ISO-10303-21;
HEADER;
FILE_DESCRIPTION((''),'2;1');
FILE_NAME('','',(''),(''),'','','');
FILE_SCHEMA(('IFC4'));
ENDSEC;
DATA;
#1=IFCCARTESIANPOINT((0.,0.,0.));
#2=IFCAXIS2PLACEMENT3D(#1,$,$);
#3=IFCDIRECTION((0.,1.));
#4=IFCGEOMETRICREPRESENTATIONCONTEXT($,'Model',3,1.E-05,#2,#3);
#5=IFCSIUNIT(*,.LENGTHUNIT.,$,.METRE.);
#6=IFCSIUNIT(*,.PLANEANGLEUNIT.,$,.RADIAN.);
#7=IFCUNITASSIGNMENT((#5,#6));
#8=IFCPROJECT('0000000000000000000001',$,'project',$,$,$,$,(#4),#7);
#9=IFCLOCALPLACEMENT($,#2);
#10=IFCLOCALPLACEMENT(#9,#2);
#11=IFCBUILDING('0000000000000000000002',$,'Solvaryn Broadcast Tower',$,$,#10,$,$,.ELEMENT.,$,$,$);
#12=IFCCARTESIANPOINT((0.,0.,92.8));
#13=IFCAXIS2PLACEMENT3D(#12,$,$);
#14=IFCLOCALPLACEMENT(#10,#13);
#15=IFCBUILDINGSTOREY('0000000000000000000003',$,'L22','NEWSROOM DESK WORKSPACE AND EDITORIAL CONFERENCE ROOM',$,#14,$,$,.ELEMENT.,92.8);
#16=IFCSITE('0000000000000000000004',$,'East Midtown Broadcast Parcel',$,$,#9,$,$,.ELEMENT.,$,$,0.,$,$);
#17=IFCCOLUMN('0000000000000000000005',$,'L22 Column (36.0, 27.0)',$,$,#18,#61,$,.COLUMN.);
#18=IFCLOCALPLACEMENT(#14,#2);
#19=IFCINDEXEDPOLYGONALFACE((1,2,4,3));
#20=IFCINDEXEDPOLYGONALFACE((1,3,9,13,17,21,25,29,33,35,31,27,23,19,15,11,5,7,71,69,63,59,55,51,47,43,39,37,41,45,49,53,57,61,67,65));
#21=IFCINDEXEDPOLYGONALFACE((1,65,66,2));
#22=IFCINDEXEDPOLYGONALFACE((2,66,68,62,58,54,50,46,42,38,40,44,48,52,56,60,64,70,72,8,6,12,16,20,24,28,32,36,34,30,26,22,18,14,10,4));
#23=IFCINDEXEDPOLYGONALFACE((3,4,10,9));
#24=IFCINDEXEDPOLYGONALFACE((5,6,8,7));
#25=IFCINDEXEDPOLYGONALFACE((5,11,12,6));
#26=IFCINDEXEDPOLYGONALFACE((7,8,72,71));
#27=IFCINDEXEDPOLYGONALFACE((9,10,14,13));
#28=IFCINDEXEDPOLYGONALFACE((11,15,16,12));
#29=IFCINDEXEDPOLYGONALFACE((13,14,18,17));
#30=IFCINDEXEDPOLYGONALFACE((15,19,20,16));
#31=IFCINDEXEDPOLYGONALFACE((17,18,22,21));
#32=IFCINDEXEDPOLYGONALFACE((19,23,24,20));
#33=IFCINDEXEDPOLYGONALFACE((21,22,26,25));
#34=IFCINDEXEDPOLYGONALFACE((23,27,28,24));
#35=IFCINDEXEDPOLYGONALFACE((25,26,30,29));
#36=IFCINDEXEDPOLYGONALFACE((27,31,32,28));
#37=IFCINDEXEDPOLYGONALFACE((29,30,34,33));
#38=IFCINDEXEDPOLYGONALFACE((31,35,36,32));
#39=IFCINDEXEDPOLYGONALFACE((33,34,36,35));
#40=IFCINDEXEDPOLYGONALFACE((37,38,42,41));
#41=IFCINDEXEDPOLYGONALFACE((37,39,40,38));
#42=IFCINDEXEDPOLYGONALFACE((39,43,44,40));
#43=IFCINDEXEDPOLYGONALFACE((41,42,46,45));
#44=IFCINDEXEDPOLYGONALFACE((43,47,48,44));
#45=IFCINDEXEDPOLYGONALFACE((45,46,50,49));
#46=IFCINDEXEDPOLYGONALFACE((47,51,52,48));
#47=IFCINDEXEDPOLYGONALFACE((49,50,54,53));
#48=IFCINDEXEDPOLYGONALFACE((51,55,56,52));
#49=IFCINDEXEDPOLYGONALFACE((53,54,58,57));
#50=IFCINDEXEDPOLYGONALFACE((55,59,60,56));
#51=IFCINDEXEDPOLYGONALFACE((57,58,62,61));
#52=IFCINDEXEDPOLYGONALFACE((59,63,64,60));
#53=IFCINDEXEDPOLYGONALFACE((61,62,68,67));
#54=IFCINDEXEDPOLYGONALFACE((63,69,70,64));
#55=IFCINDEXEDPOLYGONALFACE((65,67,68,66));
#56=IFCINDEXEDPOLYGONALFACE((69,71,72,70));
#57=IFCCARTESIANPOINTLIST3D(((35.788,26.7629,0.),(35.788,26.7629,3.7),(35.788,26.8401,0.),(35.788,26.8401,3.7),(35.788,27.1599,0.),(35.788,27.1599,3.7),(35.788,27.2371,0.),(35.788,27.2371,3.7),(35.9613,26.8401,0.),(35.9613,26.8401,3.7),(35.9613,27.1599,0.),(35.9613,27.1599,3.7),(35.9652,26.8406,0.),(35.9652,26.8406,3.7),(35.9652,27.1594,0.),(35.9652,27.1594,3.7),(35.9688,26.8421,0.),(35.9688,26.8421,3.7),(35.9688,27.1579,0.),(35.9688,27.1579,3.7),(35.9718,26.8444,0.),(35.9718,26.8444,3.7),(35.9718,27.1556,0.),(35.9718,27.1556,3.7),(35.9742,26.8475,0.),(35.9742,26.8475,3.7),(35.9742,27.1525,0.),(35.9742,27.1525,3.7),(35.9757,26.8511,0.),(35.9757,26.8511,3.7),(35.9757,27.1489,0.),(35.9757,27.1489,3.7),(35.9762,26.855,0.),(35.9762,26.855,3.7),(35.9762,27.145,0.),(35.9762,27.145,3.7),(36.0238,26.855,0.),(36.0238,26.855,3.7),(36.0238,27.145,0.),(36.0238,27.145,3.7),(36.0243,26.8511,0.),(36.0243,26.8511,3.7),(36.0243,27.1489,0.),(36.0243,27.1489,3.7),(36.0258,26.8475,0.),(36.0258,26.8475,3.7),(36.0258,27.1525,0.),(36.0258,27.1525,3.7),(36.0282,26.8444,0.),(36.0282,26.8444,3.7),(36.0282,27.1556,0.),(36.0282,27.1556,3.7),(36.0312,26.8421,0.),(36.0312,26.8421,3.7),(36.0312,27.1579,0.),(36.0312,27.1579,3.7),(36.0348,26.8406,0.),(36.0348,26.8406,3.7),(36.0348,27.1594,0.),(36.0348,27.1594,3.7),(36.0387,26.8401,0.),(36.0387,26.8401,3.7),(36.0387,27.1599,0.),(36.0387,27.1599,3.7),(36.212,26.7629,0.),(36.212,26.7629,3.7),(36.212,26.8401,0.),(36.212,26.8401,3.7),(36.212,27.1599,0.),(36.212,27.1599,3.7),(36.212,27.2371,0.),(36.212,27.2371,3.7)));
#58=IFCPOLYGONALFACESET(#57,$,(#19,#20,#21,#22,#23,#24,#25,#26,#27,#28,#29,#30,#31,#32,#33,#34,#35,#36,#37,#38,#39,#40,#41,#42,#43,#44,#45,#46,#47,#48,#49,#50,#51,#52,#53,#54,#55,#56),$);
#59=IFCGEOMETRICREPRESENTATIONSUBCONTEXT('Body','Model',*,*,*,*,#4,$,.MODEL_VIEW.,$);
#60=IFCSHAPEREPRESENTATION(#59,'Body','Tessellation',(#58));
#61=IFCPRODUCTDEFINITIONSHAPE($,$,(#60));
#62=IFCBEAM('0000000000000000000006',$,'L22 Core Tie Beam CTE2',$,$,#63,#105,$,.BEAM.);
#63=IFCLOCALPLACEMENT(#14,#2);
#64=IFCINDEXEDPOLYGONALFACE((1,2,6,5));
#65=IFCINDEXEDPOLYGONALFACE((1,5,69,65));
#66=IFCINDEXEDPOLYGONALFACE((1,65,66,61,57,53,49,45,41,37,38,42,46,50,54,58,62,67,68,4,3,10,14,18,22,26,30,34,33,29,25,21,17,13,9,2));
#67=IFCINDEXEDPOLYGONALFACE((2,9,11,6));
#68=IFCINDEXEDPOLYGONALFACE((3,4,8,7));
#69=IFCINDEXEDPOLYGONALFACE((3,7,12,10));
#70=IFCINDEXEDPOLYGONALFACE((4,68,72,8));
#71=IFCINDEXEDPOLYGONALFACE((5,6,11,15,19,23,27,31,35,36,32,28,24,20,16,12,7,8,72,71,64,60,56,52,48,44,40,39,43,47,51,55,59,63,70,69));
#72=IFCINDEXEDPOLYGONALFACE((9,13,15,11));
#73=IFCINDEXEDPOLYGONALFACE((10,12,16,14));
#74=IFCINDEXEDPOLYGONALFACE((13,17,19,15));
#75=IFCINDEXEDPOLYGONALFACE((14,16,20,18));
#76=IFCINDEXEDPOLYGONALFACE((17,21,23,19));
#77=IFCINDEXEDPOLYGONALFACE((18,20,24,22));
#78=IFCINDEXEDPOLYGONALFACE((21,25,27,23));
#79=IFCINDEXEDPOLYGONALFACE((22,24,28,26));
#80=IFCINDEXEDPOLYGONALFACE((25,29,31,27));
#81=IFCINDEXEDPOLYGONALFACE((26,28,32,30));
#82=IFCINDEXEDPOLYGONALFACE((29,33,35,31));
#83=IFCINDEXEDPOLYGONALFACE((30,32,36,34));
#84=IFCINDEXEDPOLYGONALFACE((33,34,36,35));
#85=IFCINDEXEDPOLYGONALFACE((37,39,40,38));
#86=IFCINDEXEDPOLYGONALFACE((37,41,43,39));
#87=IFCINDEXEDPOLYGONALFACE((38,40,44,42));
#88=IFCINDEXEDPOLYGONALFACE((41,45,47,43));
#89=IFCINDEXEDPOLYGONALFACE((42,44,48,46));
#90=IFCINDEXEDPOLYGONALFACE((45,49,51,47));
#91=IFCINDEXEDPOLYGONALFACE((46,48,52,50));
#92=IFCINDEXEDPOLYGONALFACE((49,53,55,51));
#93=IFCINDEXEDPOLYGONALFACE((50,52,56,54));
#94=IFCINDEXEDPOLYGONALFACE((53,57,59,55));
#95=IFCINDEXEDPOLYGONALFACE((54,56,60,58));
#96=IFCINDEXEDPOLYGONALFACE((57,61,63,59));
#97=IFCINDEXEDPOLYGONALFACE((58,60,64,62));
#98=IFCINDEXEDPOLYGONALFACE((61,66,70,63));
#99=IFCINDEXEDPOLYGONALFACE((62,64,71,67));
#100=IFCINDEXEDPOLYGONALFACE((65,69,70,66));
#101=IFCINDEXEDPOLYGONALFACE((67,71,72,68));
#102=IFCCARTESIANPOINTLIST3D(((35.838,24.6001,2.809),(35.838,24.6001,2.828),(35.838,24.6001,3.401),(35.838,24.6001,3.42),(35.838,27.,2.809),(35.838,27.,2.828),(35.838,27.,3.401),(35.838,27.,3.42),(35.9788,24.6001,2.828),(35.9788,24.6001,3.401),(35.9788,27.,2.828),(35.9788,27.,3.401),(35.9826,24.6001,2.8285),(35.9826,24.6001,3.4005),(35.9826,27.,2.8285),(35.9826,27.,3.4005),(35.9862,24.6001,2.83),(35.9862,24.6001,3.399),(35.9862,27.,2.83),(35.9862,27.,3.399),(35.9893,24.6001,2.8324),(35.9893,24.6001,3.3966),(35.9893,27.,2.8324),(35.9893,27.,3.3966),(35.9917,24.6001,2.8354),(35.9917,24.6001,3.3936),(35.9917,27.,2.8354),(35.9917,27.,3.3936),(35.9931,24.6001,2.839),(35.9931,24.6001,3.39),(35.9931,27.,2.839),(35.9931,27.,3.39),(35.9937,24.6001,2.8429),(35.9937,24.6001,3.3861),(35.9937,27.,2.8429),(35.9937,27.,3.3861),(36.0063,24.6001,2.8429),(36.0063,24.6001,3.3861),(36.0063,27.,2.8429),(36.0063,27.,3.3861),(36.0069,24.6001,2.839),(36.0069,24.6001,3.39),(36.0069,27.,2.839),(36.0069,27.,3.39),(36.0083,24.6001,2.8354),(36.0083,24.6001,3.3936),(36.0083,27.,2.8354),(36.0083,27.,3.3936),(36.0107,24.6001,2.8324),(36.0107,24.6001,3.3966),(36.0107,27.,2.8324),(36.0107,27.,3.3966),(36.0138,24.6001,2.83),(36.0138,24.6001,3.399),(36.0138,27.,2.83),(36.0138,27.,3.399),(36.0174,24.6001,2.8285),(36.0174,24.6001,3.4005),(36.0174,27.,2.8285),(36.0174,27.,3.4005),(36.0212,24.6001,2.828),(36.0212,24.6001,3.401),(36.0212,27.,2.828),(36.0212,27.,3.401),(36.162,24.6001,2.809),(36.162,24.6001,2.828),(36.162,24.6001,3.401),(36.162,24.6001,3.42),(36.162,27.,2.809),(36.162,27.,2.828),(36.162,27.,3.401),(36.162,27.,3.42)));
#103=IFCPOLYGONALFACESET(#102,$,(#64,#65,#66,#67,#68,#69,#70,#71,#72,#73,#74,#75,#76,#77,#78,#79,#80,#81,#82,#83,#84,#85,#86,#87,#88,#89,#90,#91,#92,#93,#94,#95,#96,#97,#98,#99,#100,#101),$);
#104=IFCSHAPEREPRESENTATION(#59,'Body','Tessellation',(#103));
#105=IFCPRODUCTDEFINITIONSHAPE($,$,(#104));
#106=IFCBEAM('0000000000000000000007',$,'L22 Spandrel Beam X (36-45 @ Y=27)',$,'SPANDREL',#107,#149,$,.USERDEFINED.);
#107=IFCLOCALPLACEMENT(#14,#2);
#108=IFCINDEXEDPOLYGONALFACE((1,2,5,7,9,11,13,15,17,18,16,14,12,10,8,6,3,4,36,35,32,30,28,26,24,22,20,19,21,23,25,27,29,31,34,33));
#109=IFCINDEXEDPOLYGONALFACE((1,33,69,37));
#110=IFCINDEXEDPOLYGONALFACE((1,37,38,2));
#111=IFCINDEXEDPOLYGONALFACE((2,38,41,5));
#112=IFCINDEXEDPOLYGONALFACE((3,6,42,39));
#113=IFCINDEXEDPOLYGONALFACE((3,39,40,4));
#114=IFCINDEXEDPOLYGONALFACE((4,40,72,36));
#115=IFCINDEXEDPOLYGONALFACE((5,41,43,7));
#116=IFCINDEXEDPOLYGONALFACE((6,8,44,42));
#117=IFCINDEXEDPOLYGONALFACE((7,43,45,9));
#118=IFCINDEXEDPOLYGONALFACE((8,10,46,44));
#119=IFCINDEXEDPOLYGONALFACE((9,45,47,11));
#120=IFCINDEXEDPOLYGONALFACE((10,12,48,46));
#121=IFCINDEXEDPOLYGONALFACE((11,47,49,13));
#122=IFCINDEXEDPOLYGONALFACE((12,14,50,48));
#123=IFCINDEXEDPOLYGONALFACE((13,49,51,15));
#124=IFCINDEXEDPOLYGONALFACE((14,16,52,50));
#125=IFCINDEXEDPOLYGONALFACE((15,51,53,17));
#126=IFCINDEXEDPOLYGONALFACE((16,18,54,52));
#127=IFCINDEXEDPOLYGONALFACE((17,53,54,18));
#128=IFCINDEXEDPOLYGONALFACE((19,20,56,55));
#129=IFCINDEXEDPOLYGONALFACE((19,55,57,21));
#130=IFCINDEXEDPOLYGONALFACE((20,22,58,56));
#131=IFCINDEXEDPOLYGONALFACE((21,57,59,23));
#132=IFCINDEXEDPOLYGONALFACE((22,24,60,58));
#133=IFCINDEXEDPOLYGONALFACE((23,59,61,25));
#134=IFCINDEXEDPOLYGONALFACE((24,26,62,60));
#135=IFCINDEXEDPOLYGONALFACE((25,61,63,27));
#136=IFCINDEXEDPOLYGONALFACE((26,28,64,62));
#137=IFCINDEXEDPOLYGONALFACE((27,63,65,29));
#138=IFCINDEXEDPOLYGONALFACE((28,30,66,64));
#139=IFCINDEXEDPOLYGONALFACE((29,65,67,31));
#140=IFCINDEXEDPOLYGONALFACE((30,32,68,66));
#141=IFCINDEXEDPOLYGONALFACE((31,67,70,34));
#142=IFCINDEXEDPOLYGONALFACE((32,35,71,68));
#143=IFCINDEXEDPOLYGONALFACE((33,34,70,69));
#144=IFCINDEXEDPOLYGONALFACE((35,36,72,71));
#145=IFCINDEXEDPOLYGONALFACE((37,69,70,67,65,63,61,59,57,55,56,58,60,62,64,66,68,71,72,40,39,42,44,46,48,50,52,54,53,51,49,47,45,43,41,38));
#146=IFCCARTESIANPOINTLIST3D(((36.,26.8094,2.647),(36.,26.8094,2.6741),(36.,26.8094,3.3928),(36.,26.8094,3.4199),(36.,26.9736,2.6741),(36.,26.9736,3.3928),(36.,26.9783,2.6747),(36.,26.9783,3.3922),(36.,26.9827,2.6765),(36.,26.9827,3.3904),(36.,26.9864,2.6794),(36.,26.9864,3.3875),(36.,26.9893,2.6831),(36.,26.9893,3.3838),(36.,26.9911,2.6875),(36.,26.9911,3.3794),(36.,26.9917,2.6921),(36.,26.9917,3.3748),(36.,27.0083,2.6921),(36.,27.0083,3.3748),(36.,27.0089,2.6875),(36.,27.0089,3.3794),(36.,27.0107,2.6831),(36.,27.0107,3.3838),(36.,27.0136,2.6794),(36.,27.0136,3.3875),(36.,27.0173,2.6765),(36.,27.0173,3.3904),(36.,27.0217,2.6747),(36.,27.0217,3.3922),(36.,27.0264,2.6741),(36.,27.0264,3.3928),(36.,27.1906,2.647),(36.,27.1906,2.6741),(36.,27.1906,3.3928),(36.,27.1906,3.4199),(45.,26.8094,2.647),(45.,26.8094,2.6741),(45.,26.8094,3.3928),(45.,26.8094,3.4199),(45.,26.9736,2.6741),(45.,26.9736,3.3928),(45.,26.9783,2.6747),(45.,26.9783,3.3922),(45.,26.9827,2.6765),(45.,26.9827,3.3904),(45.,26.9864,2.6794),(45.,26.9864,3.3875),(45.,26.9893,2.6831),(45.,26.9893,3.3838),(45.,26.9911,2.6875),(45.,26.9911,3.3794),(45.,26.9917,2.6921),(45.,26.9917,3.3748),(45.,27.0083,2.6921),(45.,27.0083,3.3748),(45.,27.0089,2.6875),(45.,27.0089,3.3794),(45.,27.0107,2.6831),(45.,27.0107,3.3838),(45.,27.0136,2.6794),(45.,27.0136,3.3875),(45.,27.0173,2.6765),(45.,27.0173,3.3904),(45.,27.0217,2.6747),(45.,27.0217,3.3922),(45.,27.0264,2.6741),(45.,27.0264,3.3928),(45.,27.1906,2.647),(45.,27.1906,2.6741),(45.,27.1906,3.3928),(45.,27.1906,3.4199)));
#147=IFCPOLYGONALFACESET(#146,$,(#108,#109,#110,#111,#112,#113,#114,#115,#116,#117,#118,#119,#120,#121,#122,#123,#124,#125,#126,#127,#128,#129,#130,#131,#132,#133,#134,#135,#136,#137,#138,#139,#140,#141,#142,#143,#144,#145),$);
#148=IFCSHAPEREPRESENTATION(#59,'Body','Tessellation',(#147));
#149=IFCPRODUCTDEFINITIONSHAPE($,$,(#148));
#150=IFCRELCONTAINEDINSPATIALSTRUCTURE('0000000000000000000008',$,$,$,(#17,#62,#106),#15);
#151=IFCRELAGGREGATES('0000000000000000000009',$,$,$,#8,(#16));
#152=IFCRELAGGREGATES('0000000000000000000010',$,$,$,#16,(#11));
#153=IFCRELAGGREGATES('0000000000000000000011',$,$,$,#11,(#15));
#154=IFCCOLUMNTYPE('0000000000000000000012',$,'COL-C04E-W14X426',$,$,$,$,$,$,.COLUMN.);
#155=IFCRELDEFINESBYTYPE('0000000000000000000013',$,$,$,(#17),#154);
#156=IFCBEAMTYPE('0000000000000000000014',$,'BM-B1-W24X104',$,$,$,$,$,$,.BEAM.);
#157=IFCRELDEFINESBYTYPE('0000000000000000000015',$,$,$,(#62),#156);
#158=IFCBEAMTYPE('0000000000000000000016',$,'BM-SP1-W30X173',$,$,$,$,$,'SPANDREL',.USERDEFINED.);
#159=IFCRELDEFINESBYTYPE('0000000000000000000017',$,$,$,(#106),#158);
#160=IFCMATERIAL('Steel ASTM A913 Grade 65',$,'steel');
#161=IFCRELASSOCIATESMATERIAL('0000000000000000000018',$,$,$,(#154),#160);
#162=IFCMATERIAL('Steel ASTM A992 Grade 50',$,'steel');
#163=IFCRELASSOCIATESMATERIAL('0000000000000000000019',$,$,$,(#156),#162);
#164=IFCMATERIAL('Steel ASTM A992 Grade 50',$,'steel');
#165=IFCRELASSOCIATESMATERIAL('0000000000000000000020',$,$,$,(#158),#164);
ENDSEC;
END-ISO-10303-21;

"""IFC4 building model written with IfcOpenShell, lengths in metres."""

from ifc_helpers import new_model, si_unit, direction, frame, origin, origin_2d, place, context, subcontext, project, spatial, i_section, extrude, material, material_profile, profile_set, type_object, element, save


model = new_model("IFC4")

# Units and contexts
model_context = context("Model", 3, precision=1e-05, world=origin(), true_north=direction((0.0, 1.0)))
body_context = subcontext(model_context, "Body", "Model", "MODEL_VIEW")
ifc_project = project(units=[si_unit("LENGTHUNIT", "METRE"), si_unit("PLANEANGLEUNIT", "RADIAN")], contexts=[model_context])

# Site, building, storey
site_placement = place(None, origin())
site = spatial("IfcSite", under=ifc_project, at=site_placement, Name="East Midtown Broadcast Parcel", CompositionType="ELEMENT", RefElevation=0.0)
building_placement = place(site_placement, origin())
building = spatial("IfcBuilding", under=site, at=building_placement, Name="Solvaryn Broadcast Tower", CompositionType="ELEMENT")
storey_placement = place(building_placement, frame((0.0, 0.0, 92.8)))
storey = spatial("IfcBuildingStorey", under=building, at=storey_placement, Name="L22", Description="NEWSROOM DESK WORKSPACE AND EDITORIAL CONFERENCE ROOM", CompositionType="ELEMENT", Elevation=92.8)

# Column
ifc_material_1 = material(Name="Steel ASTM A913 Grade 65", Category="steel")
ifc_material_profile_1 = material_profile(ifc_material_1, i_section(OverallWidth=0.4241, OverallDepth=0.4741, WebThickness=0.0476, FlangeThickness=0.0771, FilletRadius=0.0149, at=origin_2d()))
ifc_profile_set_1 = profile_set([ifc_material_profile_1], Name="Steel ASTM A913 Grade 65")
column_type = type_object("IfcColumnType", Name="COL-C04E-W14X426", PredefinedType="COLUMN", material=ifc_profile_set_1)
column_placement = place(storey_placement, frame((36.0, 27.0, 0.0), z_axis=(0.0, 0.0, 1.0), x_axis=(1.0, 0.0, 0.0)))
element("IfcColumn", 1, at=column_placement, inside=storey, type_object=column_type, Name="L22 Column (36.0, 27.0)", PredefinedType="COLUMN", context=body_context, shape_type="SweptSolid", body=[
    extrude(i_section(OverallWidth=0.4241, OverallDepth=0.4741, WebThickness=0.0476, FlangeThickness=0.0771, FilletRadius=0.0149, at=origin_2d()), origin(), (0.0, 0.0, 1.0), 3.7),
])

# Beams
ifc_material_2 = material(Name="Steel ASTM A992 Grade 50", Category="steel")
ifc_material_profile_2 = material_profile(ifc_material_2, i_section(OverallWidth=0.324, OverallDepth=0.6111, WebThickness=0.0127, FlangeThickness=0.019, FilletRadius=0.0149, at=origin_2d()))
ifc_profile_set_2 = profile_set([ifc_material_profile_2], Name="Steel ASTM A992 Grade 50")
beam_type_1 = type_object("IfcBeamType", Name="BM-B1-W24X104", PredefinedType="BEAM", material=ifc_profile_set_2)
beam_1_placement = place(storey_placement, frame((36.0, 24.6001, 3.1145), z_axis=(0.0, 1.0, 0.0), x_axis=(-1.0, 0.0, 0.0)))
element("IfcBeam", 2, at=beam_1_placement, inside=storey, type_object=beam_type_1, Name="L22 Core Tie Beam CTE2", PredefinedType="BEAM", context=body_context, shape_type="SweptSolid", body=[
    extrude(i_section(OverallWidth=0.324, OverallDepth=0.6111, WebThickness=0.0127, FlangeThickness=0.019, FilletRadius=0.0149, at=origin_2d()), origin(), (0.0, 0.0, 1.0), 2.3999),
])
ifc_material_3 = material(Name="Steel ASTM A992 Grade 50", Category="steel")
ifc_material_profile_3 = material_profile(ifc_material_3, i_section(OverallWidth=0.3811, OverallDepth=0.7729, WebThickness=0.0166, FlangeThickness=0.0271, FilletRadius=0.0181, at=origin_2d()))
ifc_profile_set_3 = profile_set([ifc_material_profile_3], Name="Steel ASTM A992 Grade 50")
beam_type_2 = type_object("IfcBeamType", Name="BM-SP1-W30X173", ElementType="SPANDREL", PredefinedType="USERDEFINED", material=ifc_profile_set_3)
beam_2_placement = place(storey_placement, frame((36.0, 27.0, 3.0334), z_axis=(1.0, 0.0, 0.0), x_axis=(0.0, 1.0, 0.0)))
element("IfcBeam", 3, at=beam_2_placement, inside=storey, type_object=beam_type_2, Name="L22 Spandrel Beam X (36-45 @ Y=27)", ObjectType="SPANDREL", PredefinedType="USERDEFINED", context=body_context, shape_type="SweptSolid", body=[
    extrude(i_section(OverallWidth=0.3811, OverallDepth=0.7729, WebThickness=0.0166, FlangeThickness=0.0271, FilletRadius=0.0181, at=origin_2d()), origin(), (0.0, 0.0, 1.0), 9.0),
])

save(model, "model.ifc")
